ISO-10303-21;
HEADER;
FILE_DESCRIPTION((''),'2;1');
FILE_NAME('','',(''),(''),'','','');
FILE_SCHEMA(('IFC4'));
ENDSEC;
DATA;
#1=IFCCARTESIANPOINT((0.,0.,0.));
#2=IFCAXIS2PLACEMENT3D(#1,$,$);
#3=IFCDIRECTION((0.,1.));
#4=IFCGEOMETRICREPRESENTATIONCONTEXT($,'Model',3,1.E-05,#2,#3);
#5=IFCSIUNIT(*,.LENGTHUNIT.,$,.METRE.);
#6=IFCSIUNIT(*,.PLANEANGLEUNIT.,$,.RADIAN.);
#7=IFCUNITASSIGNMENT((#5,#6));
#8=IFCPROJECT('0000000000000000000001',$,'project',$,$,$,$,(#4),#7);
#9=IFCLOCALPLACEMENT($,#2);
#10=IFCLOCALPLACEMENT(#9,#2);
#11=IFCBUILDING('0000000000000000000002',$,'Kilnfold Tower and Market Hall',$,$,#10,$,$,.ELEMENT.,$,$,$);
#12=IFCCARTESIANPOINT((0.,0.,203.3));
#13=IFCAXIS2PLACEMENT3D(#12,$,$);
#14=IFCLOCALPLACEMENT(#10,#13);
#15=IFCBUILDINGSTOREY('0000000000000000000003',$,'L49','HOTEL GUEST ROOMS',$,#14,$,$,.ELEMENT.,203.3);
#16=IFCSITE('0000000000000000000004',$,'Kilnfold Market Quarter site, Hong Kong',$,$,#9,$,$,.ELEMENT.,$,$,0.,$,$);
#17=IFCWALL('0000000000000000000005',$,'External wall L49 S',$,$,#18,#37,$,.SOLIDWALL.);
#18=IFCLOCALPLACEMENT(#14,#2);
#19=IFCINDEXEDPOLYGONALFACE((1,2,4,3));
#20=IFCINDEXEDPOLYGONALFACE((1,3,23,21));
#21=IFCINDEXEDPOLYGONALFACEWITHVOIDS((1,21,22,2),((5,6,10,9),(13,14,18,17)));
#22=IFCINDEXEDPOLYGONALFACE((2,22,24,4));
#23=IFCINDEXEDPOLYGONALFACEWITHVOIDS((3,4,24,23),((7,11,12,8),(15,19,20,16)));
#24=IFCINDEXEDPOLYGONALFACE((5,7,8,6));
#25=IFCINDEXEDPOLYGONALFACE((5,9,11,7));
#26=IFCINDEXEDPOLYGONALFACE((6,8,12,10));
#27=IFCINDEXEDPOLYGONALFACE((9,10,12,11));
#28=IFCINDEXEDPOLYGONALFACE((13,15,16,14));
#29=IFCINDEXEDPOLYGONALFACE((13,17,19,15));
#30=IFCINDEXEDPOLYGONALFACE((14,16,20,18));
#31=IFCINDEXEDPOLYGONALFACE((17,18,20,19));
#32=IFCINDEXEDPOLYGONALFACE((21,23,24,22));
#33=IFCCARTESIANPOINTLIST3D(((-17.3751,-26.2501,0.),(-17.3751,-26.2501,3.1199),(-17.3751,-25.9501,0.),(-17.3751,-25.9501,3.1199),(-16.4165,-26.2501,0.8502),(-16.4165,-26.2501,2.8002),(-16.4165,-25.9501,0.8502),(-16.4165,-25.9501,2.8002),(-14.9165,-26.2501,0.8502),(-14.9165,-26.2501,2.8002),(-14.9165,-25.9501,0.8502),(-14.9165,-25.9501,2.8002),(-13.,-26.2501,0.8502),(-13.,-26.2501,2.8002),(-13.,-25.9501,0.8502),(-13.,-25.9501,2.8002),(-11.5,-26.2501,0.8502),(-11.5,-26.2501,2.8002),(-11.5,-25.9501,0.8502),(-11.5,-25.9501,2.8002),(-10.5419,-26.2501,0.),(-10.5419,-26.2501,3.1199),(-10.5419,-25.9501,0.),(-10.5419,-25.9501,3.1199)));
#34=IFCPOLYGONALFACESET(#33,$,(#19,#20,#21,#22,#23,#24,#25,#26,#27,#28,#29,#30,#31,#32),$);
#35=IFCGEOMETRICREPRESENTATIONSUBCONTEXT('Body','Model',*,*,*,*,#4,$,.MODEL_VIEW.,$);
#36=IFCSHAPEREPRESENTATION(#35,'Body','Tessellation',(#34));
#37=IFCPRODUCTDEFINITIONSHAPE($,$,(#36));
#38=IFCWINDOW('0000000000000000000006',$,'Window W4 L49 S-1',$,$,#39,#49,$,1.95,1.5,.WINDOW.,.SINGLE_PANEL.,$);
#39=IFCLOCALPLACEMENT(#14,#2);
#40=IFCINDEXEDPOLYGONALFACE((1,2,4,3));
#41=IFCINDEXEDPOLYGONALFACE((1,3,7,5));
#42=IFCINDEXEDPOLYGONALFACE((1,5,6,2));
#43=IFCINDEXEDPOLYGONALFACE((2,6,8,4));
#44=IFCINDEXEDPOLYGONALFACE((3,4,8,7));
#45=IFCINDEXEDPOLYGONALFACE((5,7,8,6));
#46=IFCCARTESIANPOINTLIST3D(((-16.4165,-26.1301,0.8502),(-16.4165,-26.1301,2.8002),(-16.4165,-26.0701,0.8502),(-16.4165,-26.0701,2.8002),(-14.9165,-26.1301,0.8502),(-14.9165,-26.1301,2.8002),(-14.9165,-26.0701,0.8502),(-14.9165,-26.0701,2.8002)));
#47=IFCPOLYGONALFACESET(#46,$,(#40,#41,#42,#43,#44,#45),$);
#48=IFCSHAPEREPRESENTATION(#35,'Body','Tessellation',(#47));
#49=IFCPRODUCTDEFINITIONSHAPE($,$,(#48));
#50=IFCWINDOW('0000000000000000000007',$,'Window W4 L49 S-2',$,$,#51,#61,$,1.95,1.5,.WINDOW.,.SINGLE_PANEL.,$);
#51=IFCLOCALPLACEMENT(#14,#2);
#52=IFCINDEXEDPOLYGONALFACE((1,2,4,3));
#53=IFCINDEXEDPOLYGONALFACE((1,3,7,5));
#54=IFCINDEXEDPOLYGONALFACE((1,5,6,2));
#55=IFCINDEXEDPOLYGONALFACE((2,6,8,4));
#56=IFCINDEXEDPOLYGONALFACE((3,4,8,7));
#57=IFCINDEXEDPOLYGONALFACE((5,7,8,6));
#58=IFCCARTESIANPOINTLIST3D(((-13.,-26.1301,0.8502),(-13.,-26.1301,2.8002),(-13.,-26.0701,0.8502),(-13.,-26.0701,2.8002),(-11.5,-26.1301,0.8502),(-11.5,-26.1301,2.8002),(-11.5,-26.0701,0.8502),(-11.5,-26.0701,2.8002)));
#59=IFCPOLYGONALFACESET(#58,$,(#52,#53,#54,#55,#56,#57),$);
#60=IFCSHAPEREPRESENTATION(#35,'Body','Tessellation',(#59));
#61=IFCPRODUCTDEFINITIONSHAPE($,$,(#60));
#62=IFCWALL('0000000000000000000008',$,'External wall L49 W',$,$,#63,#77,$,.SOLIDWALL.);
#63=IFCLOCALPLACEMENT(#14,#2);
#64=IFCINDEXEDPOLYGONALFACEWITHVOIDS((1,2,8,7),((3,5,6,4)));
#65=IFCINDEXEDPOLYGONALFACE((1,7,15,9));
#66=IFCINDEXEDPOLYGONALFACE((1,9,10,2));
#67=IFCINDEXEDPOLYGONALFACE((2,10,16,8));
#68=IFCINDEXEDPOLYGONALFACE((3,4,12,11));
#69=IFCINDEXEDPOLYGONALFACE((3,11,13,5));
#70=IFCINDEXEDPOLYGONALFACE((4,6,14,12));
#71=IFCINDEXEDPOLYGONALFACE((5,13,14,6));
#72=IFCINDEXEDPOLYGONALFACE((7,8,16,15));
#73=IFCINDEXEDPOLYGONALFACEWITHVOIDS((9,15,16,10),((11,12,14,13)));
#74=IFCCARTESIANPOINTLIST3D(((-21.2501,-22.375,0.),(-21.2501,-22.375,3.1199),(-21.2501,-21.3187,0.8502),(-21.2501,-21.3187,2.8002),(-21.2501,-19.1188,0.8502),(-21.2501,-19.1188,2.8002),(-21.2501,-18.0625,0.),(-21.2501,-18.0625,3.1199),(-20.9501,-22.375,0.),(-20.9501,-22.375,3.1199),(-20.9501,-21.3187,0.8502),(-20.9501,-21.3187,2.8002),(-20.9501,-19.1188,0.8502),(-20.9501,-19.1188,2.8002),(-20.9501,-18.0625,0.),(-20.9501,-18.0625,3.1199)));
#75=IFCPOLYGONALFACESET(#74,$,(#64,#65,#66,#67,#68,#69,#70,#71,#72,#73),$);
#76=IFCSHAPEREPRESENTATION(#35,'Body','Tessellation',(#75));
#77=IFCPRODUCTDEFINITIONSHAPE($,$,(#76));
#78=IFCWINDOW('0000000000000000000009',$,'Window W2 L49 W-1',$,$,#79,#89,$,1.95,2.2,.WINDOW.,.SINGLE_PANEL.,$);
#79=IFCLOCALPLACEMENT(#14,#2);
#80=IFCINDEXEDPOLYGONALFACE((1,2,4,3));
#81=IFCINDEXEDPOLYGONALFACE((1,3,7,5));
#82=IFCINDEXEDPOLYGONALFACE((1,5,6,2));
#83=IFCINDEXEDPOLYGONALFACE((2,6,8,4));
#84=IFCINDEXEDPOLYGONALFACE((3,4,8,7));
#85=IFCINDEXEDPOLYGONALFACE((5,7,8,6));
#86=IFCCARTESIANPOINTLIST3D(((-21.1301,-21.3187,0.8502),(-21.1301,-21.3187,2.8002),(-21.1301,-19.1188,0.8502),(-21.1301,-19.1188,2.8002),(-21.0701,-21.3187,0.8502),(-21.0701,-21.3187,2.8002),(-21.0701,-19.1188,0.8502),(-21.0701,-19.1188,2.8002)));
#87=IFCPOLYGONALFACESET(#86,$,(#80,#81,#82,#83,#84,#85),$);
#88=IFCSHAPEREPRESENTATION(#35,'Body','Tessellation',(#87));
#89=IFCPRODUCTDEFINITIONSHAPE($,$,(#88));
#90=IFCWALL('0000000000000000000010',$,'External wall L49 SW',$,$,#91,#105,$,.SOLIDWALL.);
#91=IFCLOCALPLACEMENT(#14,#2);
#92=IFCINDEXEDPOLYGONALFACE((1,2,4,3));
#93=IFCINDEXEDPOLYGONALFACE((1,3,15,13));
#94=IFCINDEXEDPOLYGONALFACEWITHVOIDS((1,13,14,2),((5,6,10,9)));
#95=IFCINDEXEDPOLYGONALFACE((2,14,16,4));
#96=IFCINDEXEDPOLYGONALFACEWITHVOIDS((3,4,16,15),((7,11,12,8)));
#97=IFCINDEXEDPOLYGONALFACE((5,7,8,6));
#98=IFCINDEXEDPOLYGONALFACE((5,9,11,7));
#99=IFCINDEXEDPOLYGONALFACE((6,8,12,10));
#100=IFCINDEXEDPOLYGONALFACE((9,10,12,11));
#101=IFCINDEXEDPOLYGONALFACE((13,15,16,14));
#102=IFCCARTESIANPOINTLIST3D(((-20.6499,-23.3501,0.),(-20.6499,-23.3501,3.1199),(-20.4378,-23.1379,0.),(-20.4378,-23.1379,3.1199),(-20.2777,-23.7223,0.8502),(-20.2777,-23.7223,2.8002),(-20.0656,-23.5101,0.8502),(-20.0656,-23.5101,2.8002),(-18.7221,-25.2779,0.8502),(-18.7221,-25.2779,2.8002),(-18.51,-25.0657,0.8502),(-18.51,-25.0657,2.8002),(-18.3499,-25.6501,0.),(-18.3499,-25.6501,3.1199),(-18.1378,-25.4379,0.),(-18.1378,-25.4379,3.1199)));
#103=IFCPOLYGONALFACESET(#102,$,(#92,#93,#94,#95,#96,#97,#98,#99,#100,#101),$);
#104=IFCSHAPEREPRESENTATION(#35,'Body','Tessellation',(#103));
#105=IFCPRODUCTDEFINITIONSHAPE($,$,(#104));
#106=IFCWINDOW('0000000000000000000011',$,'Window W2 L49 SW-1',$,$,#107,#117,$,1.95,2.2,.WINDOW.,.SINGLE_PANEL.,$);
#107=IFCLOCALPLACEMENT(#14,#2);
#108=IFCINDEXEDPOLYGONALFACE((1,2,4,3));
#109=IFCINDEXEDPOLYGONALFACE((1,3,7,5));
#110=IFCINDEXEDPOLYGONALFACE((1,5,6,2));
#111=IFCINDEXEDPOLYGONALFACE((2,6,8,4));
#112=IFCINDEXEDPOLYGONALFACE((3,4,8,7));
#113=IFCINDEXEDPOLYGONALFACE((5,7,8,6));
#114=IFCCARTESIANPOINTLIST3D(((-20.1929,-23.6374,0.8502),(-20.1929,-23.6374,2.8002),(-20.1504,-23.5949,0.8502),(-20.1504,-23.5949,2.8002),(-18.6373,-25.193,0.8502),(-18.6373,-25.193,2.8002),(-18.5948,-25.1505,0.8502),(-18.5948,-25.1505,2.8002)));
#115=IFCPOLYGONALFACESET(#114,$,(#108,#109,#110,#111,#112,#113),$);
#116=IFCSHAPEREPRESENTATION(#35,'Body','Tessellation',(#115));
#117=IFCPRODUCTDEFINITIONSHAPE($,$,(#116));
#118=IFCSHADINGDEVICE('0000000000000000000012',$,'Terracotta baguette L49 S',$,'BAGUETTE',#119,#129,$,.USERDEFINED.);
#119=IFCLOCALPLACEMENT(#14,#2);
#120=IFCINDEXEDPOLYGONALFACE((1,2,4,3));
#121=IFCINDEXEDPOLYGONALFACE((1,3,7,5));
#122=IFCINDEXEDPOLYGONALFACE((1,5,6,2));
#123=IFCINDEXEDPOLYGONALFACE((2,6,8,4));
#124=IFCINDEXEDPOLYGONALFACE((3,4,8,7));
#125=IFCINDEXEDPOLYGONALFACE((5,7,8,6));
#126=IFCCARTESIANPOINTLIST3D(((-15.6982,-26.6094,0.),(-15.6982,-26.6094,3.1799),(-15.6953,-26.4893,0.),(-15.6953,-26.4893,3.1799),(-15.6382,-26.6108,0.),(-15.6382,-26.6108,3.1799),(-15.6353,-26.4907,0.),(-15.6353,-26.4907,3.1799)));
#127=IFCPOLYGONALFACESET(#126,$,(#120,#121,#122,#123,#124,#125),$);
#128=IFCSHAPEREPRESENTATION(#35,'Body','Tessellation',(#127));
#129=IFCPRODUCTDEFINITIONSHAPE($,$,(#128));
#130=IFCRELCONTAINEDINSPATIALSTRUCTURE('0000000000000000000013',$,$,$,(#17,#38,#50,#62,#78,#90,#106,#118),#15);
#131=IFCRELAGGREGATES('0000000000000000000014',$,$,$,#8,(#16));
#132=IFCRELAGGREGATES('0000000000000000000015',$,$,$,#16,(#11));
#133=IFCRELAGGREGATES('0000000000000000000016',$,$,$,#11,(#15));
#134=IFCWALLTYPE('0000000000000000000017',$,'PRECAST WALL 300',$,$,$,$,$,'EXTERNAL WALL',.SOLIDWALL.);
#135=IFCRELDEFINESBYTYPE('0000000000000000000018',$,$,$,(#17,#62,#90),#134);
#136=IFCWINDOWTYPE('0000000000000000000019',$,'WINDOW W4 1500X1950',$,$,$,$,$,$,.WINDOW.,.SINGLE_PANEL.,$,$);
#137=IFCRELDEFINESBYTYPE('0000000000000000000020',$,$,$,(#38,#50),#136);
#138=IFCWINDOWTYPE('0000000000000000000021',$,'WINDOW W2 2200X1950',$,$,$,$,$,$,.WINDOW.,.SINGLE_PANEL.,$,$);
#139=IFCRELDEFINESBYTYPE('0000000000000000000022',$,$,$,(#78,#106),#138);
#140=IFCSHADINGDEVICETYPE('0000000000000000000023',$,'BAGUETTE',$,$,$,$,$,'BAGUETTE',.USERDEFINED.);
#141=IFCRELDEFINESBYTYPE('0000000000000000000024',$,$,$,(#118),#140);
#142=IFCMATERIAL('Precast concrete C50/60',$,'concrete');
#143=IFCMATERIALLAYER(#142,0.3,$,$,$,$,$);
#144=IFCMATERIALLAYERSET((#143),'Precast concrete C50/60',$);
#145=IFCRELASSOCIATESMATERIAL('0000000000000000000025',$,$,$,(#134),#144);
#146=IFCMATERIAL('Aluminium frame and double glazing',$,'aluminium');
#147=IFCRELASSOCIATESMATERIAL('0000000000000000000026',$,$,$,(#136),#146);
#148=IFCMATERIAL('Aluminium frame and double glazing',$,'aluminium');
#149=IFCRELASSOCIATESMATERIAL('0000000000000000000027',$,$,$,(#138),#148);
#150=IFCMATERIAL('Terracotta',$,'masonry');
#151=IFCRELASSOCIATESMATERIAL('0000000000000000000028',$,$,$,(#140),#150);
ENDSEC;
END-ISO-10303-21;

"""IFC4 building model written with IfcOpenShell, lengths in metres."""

from ifc_helpers import new_model, si_unit, direction, frame, frame_2d, origin, origin_2d, place, context, subcontext, project, spatial, rectangle, extrude, source, transform, mapped, material, layer, layer_set, material_profile, profile_set, type_object, element, fill, save


model = new_model("IFC4")

# Units and contexts
model_context = context("Model", 3, precision=1e-05, world=origin(), true_north=direction((0.0, 1.0)))
body_context = subcontext(model_context, "Body", "Model", "MODEL_VIEW")
ifc_project = project(units=[si_unit("LENGTHUNIT", "METRE"), si_unit("PLANEANGLEUNIT", "RADIAN")], contexts=[model_context])

# Site, building, storey
site_placement = place(None, origin())
site = spatial("IfcSite", under=ifc_project, at=site_placement, Name="Kilnfold Market Quarter site, Hong Kong", CompositionType="ELEMENT", RefElevation=0.0)
building_placement = place(site_placement, origin())
building = spatial("IfcBuilding", under=site, at=building_placement, Name="Kilnfold Tower and Market Hall", CompositionType="ELEMENT")
storey_placement = place(building_placement, frame((0.0, 0.0, 203.3)))
storey = spatial("IfcBuildingStorey", under=building, at=storey_placement, Name="L49", Description="HOTEL GUEST ROOMS", CompositionType="ELEMENT", Elevation=203.3)

# Wall, openings, windows
ifc_material_1 = material(Name="Precast concrete C50/60", Category="concrete")
ifc_layer_1 = layer(ifc_material_1, 0.3)
ifc_layer_set_1 = layer_set([ifc_layer_1], Name="Precast concrete C50/60")
wall_type_1 = type_object("IfcWallType", Name="PRECAST WALL 300", ElementType="EXTERNAL WALL", PredefinedType="SOLIDWALL", material=ifc_layer_set_1)
shared_shape_1 = source(origin(), body_context, "Body", "SweptSolid", [
    extrude(rectangle(XDim=6.8333, YDim=0.3, at=frame_2d((3.4165, 0.0))), origin(), (0.0, 0.0, 1.0), 3.1199),
])
wall_1_placement = place(storey_placement, frame((-17.375, -26.1001, 0.0), z_axis=(0.0, 0.0, 1.0), x_axis=(1.0, 0.0, 0.0)))
wall_1 = element("IfcWall", 1, at=wall_1_placement, inside=storey, type_object=wall_type_1, Name="External wall L49 S", PredefinedType="SOLIDWALL", context=body_context, shape_type="MappedRepresentation", body=[
    mapped(shared_shape_1, transform((0.0, 0.0, 0.0))),
])
opening_1_placement = place(wall_1_placement, frame((0.9585, 0.0, 0.8501)))
opening_1 = element("IfcOpeningElement", 2, at=opening_1_placement, cuts=wall_1, PredefinedType="OPENING", context=body_context, shape_type="SweptSolid", body=[
    extrude(rectangle(XDim=1.5, YDim=1.95, at=frame_2d((0.75, 0.9751))), frame((0.0, 0.1602, 0.0), z_axis=(0.0, -1.0, 0.0), x_axis=(1.0, 0.0, 0.0)), (0.0, 0.0, 1.0), 0.3201),
])
opening_2_placement = place(wall_1_placement, frame((4.375, 0.0, 0.8501)))
opening_2 = element("IfcOpeningElement", 3, at=opening_2_placement, cuts=wall_1, PredefinedType="OPENING", context=body_context, shape_type="SweptSolid", body=[
    extrude(rectangle(XDim=1.5, YDim=1.95, at=frame_2d((0.75, 0.9751))), frame((0.0, 0.1602, 0.0), z_axis=(0.0, -1.0, 0.0), x_axis=(1.0, 0.0, 0.0)), (0.0, 0.0, 1.0), 0.3201),
])
ifc_material_2 = material(Name="Aluminium frame and double glazing", Category="aluminium")
window_type_1 = type_object("IfcWindowType", Name="WINDOW W4 1500X1950", PartitioningType="SINGLE_PANEL", PredefinedType="WINDOW", material=ifc_material_2)
window_1_placement = place(opening_1_placement, origin())
window_1 = element("IfcWindow", 4, at=window_1_placement, inside=storey, type_object=window_type_1, Name="Window W4 L49 S-1", OverallHeight=1.95, OverallWidth=1.5, PartitioningType="SINGLE_PANEL", PredefinedType="WINDOW", context=body_context, shape_type="SweptSolid", body=[
    extrude(rectangle(XDim=1.5, YDim=1.95, at=frame_2d((0.75, 0.9751))), frame((0.0, 0.03, 0.0), z_axis=(0.0, -1.0, 0.0), x_axis=(1.0, 0.0, 0.0)), (0.0, 0.0, 1.0), 0.0601),
])
fill(opening_1, window_1)
window_2_placement = place(opening_2_placement, origin())
window_2 = element("IfcWindow", 5, at=window_2_placement, inside=storey, type_object=window_type_1, Name="Window W4 L49 S-2", OverallHeight=1.95, OverallWidth=1.5, PartitioningType="SINGLE_PANEL", PredefinedType="WINDOW", context=body_context, shape_type="SweptSolid", body=[
    extrude(rectangle(XDim=1.5, YDim=1.95, at=frame_2d((0.75, 0.9751))), frame((0.0, 0.03, 0.0), z_axis=(0.0, -1.0, 0.0), x_axis=(1.0, 0.0, 0.0)), (0.0, 0.0, 1.0), 0.0601),
])
fill(opening_2, window_2)

# Walls, openings, windows
shared_shape_2 = source(origin(), body_context, "Body", "SweptSolid", [
    extrude(rectangle(XDim=4.3125, YDim=0.3, at=frame_2d((2.1562, 0.0))), origin(), (0.0, 0.0, 1.0), 3.1199),
])
wall_2_placement = place(storey_placement, frame((-21.1001, -18.0625, 0.0), z_axis=(0.0, 0.0, 1.0), x_axis=(0.0, -1.0, 0.0)))
wall_2 = element("IfcWall", 6, at=wall_2_placement, inside=storey, type_object=wall_type_1, Name="External wall L49 W", PredefinedType="SOLIDWALL", context=body_context, shape_type="MappedRepresentation", body=[
    mapped(shared_shape_2, transform((0.0, 0.0, 0.0))),
])
opening_3_placement = place(wall_2_placement, frame((1.0562, 0.0, 0.8501)))
opening_3 = element("IfcOpeningElement", 7, at=opening_3_placement, cuts=wall_2, PredefinedType="OPENING", context=body_context, shape_type="SweptSolid", body=[
    extrude(rectangle(XDim=2.2, YDim=1.95, at=frame_2d((1.1001, 0.9751))), frame((0.0, 0.1602, 0.0), z_axis=(0.0, -1.0, 0.0), x_axis=(1.0, 0.0, 0.0)), (0.0, 0.0, 1.0), 0.3201),
])
ifc_material_3 = material(Name="Aluminium frame and double glazing", Category="aluminium")
window_type_2 = type_object("IfcWindowType", Name="WINDOW W2 2200X1950", PartitioningType="SINGLE_PANEL", PredefinedType="WINDOW", material=ifc_material_3)
window_3_placement = place(opening_3_placement, origin())
window_3 = element("IfcWindow", 8, at=window_3_placement, inside=storey, type_object=window_type_2, Name="Window W2 L49 W-1", OverallHeight=1.95, OverallWidth=2.2, PartitioningType="SINGLE_PANEL", PredefinedType="WINDOW", context=body_context, shape_type="SweptSolid", body=[
    extrude(rectangle(XDim=2.2, YDim=1.95, at=frame_2d((1.1001, 0.9751))), frame((0.0, 0.03, 0.0), z_axis=(0.0, -1.0, 0.0), x_axis=(1.0, 0.0, 0.0)), (0.0, 0.0, 1.0), 0.0601),
])
fill(opening_3, window_3)
shared_shape_3 = source(origin(), body_context, "Body", "SweptSolid", [
    extrude(rectangle(XDim=3.2527, YDim=0.3, at=frame_2d((1.6265, 0.0))), origin(), (0.0, 0.0, 1.0), 3.1199),
])
wall_3_placement = place(storey_placement, frame((-20.5439, -23.2439, 0.0), z_axis=(0.0, 0.0, 1.0), x_axis=(0.707107, -0.707107, 0.0)))
wall_3 = element("IfcWall", 9, at=wall_3_placement, inside=storey, type_object=wall_type_1, Name="External wall L49 SW", PredefinedType="SOLIDWALL", context=body_context, shape_type="MappedRepresentation", body=[
    mapped(shared_shape_3, transform((0.0, 0.0, 0.0))),
])
opening_4_placement = place(wall_3_placement, frame((0.5264, 0.0, 0.8501)))
opening_4 = element("IfcOpeningElement", 10, at=opening_4_placement, cuts=wall_3, PredefinedType="OPENING", context=body_context, shape_type="SweptSolid", body=[
    extrude(rectangle(XDim=2.2, YDim=1.95, at=frame_2d((1.1001, 0.9751))), frame((0.0, 0.1602, 0.0), z_axis=(0.0, -1.0, 0.0), x_axis=(1.0, 0.0, 0.0)), (0.0, 0.0, 1.0), 0.3201),
])
window_4_placement = place(opening_4_placement, origin())
window_4 = element("IfcWindow", 11, at=window_4_placement, inside=storey, type_object=window_type_2, Name="Window W2 L49 SW-1", OverallHeight=1.95, OverallWidth=2.2, PartitioningType="SINGLE_PANEL", PredefinedType="WINDOW", context=body_context, shape_type="SweptSolid", body=[
    extrude(rectangle(XDim=2.2, YDim=1.95, at=frame_2d((1.1001, 0.9751))), frame((0.0, 0.03, 0.0), z_axis=(0.0, -1.0, 0.0), x_axis=(1.0, 0.0, 0.0)), (0.0, 0.0, 1.0), 0.0601),
])
fill(opening_4, window_4)

# Shading device
ifc_material_4 = material(Name="Terracotta", Category="masonry")
ifc_material_profile_1 = material_profile(ifc_material_4, rectangle(XDim=0.0601, YDim=0.1201, at=origin_2d()), Name="BAG 60x120")
ifc_profile_set_1 = profile_set([ifc_material_profile_1], Name="Terracotta")
shading_device_type = type_object("IfcShadingDeviceType", Name="BAGUETTE", ElementType="BAGUETTE", PredefinedType="USERDEFINED", material=ifc_profile_set_1)
shared_shape_4 = source(origin(), body_context, "Body", "SweptSolid", [
    extrude(rectangle(XDim=0.0601, YDim=0.1201, at=origin_2d()), origin(), (0.0, 0.0, 1.0), 3.1799),
])
shading_device_placement = place(storey_placement, frame((-15.6667, -26.55, 0.0), z_axis=(0.0, 0.0, 1.0), x_axis=(0.999697, -0.0246, 0.0)))
element("IfcShadingDevice", 12, at=shading_device_placement, inside=storey, type_object=shading_device_type, Name="Terracotta baguette L49 S", ObjectType="BAGUETTE", PredefinedType="USERDEFINED", context=body_context, shape_type="MappedRepresentation", body=[
    mapped(shared_shape_4, transform((0.0, 0.0, 0.0))),
])

save(model, "model.ifc")
